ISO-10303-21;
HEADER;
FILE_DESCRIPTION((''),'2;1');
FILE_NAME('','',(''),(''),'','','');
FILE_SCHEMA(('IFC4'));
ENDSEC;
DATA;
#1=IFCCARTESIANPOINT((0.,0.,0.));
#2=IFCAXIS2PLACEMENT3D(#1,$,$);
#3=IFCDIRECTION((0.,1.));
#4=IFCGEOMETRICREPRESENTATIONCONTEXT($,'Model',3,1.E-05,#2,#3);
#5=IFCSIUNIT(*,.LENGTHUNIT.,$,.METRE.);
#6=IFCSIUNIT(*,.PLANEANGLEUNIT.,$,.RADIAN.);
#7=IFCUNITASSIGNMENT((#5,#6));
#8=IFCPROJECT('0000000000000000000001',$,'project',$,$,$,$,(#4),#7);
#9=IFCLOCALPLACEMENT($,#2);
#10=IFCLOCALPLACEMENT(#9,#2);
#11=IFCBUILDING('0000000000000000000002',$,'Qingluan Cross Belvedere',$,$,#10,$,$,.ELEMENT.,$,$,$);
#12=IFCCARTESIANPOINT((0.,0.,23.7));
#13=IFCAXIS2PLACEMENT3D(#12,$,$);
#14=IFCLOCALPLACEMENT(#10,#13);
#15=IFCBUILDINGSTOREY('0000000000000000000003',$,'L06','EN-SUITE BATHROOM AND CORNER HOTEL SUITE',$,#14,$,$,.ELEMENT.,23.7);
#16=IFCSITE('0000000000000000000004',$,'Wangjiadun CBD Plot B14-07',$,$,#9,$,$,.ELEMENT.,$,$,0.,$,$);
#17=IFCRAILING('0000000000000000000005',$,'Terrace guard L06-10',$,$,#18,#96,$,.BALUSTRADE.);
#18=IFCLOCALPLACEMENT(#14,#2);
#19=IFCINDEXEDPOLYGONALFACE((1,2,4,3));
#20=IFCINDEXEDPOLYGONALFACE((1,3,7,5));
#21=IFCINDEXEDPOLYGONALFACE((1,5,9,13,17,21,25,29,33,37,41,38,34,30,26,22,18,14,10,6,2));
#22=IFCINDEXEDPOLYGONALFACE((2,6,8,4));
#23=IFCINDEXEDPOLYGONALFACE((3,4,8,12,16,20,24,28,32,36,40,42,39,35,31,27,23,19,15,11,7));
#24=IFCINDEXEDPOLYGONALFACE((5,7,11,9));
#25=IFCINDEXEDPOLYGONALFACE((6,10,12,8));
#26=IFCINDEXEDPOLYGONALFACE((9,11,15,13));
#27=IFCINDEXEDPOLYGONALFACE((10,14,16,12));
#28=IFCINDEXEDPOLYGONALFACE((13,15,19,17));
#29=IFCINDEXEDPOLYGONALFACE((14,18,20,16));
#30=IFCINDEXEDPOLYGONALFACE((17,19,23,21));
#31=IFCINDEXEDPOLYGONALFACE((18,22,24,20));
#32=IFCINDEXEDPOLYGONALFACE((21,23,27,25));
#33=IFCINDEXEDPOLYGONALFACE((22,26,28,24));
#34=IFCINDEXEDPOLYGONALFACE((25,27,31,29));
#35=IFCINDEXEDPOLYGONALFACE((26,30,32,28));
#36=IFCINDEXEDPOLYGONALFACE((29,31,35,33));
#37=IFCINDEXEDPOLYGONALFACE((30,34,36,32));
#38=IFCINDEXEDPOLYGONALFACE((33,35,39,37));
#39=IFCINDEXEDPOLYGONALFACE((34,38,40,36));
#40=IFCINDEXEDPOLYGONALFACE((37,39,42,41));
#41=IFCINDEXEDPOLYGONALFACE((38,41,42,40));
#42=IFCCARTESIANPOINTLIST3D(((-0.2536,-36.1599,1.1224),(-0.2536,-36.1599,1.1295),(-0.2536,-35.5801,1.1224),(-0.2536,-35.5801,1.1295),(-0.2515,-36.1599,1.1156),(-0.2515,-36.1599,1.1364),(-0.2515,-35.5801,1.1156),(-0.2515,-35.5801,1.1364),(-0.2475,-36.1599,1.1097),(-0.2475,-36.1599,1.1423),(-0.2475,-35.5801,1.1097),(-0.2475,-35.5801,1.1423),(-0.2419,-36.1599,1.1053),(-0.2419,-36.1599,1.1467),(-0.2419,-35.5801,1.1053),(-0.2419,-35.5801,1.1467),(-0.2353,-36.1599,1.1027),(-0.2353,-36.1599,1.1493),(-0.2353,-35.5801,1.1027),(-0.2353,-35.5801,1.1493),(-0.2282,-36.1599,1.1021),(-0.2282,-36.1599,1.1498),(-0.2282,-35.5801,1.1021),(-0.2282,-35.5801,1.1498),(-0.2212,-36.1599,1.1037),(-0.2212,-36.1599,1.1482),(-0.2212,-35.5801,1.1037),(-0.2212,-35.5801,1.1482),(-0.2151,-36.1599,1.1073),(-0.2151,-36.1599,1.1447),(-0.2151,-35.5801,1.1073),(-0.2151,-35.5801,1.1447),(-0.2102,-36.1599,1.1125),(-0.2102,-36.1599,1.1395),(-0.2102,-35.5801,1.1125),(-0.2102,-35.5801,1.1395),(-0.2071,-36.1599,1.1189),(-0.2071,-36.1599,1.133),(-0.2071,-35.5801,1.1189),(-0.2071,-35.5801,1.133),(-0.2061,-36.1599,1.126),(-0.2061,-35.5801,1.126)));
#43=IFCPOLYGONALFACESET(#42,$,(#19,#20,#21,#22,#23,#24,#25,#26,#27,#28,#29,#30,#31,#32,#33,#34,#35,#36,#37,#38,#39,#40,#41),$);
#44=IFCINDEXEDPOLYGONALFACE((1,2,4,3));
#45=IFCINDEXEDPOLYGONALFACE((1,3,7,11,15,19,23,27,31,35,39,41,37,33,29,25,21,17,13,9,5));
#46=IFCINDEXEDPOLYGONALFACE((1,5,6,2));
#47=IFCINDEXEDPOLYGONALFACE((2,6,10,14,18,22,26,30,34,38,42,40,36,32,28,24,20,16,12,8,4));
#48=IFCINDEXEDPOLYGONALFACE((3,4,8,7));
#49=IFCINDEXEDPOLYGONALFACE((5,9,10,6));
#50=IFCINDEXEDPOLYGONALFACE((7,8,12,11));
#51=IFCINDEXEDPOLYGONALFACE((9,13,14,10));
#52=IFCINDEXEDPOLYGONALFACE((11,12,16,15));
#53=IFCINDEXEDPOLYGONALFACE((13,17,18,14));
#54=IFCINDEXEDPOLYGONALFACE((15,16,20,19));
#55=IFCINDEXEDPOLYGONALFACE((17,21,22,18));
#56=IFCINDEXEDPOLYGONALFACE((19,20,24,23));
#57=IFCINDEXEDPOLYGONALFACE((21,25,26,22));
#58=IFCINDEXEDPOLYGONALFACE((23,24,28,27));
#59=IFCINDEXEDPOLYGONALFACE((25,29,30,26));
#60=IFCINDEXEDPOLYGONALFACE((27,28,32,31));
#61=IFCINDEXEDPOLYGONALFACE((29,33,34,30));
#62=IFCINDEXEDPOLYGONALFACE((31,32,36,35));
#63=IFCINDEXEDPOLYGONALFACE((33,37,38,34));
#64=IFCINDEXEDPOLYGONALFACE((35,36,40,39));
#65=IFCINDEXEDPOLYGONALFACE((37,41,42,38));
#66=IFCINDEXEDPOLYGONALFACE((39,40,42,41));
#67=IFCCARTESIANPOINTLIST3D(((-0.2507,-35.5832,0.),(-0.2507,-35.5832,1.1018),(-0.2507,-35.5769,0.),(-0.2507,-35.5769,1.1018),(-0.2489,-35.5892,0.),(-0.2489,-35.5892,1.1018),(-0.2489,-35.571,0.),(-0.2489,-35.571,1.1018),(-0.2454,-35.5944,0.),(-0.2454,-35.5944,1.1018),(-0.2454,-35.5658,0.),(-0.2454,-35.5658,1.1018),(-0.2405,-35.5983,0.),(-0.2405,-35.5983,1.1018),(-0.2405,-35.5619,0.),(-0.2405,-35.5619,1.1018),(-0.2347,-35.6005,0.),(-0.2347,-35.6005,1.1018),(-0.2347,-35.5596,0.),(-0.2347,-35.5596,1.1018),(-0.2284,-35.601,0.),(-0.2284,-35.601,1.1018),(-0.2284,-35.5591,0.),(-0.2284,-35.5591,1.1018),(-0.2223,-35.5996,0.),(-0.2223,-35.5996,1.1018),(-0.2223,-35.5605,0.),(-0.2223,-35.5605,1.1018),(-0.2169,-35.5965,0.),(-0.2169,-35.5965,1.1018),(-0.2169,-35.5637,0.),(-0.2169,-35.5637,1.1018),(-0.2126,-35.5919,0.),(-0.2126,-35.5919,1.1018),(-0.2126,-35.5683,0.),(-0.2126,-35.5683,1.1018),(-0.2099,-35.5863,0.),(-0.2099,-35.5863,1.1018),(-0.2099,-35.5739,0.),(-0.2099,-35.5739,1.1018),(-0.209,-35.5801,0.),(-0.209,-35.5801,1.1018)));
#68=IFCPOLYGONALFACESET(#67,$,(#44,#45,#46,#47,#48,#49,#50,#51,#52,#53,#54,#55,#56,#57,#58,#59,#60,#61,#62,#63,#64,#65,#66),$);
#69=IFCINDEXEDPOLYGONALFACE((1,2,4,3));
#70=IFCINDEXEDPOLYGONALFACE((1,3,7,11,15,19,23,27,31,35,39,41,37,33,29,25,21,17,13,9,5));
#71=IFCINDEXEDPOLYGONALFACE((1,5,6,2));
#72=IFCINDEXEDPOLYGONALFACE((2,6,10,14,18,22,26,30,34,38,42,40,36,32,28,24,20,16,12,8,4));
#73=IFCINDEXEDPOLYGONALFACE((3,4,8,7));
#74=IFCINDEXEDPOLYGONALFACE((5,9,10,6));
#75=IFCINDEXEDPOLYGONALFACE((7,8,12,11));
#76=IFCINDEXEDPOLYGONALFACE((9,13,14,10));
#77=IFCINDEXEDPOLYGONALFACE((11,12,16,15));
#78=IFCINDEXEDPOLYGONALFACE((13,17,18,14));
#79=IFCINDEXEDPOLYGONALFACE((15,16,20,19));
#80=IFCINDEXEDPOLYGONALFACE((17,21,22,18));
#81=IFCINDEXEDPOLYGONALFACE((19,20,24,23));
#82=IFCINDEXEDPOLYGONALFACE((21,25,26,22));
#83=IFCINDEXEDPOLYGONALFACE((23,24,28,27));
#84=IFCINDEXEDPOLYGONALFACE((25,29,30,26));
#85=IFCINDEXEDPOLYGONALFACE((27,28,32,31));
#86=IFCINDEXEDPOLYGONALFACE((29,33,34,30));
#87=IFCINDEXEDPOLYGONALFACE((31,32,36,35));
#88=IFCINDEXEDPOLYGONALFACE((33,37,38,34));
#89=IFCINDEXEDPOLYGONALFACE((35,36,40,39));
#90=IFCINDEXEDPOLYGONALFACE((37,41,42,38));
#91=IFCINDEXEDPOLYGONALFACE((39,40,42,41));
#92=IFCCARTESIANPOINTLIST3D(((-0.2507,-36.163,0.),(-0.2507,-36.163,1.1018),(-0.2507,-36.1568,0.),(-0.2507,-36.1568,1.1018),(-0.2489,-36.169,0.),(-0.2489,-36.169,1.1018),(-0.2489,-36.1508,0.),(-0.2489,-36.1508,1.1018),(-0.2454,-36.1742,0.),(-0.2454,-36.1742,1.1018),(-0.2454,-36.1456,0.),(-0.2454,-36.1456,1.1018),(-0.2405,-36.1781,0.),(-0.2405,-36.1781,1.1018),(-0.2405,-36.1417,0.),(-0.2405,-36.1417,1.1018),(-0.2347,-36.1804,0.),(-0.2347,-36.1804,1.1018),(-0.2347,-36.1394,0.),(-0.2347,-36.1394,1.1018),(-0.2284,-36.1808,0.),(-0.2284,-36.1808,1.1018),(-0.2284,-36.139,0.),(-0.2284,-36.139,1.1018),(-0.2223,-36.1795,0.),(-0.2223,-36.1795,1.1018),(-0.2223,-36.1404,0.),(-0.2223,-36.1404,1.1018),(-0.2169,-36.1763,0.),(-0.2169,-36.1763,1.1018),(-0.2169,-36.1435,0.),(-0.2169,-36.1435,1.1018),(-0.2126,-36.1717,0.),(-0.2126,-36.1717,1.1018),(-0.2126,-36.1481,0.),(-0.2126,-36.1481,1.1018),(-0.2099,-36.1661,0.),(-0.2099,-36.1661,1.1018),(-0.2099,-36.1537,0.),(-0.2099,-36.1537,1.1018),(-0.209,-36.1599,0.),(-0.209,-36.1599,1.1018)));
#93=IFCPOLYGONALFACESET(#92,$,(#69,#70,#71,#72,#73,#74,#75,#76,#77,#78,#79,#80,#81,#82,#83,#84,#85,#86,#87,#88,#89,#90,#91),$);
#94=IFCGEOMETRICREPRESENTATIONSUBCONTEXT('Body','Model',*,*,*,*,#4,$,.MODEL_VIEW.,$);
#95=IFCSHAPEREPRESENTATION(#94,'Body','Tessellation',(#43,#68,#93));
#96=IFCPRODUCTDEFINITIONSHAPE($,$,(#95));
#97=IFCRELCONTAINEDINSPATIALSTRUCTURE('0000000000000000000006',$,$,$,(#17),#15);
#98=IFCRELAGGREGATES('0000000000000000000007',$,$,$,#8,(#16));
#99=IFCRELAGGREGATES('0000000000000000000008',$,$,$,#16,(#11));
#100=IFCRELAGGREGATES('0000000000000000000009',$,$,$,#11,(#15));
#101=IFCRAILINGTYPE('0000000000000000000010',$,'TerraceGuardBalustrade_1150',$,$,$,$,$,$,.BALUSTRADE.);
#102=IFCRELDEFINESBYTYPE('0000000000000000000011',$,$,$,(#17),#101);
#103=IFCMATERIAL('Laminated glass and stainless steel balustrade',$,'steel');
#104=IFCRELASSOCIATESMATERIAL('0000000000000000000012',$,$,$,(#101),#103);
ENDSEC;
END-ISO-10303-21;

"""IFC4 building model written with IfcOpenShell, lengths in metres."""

from ifc_helpers import new_model, si_unit, direction, frame, origin, origin_2d, place, context, subcontext, project, spatial, circle, extrude, material, type_object, element, save


model = new_model("IFC4")

# Units and contexts
model_context = context("Model", 3, precision=1e-05, world=origin(), true_north=direction((0.0, 1.0)))
body_context = subcontext(model_context, "Body", "Model", "MODEL_VIEW")
ifc_project = project(units=[si_unit("LENGTHUNIT", "METRE"), si_unit("PLANEANGLEUNIT", "RADIAN")], contexts=[model_context])

# Site, building, storey
site_placement = place(None, origin())
site = spatial("IfcSite", under=ifc_project, at=site_placement, Name="Wangjiadun CBD Plot B14-07", CompositionType="ELEMENT", RefElevation=0.0)
building_placement = place(site_placement, origin())
building = spatial("IfcBuilding", under=site, at=building_placement, Name="Qingluan Cross Belvedere", CompositionType="ELEMENT")
storey_placement = place(building_placement, frame((0.0, 0.0, 23.7)))
storey = spatial("IfcBuildingStorey", under=building, at=storey_placement, Name="L06", Description="EN-SUITE BATHROOM AND CORNER HOTEL SUITE", CompositionType="ELEMENT", Elevation=23.7)

# Railing
ifc_material_1 = material(Name="Laminated glass and stainless steel balustrade", Category="steel")
railing_type = type_object("IfcRailingType", Name="TerraceGuardBalustrade_1150", PredefinedType="BALUSTRADE", material=ifc_material_1)
railing_1_placement = place(storey_placement, frame((-0.23, -35.5801, 0.0)))
element("IfcRailing", 1, at=railing_1_placement, inside=storey, type_object=railing_type, Name="Terrace guard L06-10", PredefinedType="BALUSTRADE", context=body_context, shape_type="SweptSolid", body=[
    extrude(circle(Radius=0.0239, at=origin_2d()), frame((0.0, 0.0, 1.126), z_axis=(0.0, -1.0, 0.0), x_axis=(1.0, 0.0, 0.0)), (0.0, 0.0, 1.0), 0.5798),
    extrude(circle(Radius=0.021, at=origin_2d()), origin(), (0.0, 0.0, 1.0), 1.1018),
    extrude(circle(Radius=0.021, at=origin_2d()), frame((0.0, -0.5798, 0.0)), (0.0, 0.0, 1.0), 1.1018),
])

save(model, "model.ifc")
